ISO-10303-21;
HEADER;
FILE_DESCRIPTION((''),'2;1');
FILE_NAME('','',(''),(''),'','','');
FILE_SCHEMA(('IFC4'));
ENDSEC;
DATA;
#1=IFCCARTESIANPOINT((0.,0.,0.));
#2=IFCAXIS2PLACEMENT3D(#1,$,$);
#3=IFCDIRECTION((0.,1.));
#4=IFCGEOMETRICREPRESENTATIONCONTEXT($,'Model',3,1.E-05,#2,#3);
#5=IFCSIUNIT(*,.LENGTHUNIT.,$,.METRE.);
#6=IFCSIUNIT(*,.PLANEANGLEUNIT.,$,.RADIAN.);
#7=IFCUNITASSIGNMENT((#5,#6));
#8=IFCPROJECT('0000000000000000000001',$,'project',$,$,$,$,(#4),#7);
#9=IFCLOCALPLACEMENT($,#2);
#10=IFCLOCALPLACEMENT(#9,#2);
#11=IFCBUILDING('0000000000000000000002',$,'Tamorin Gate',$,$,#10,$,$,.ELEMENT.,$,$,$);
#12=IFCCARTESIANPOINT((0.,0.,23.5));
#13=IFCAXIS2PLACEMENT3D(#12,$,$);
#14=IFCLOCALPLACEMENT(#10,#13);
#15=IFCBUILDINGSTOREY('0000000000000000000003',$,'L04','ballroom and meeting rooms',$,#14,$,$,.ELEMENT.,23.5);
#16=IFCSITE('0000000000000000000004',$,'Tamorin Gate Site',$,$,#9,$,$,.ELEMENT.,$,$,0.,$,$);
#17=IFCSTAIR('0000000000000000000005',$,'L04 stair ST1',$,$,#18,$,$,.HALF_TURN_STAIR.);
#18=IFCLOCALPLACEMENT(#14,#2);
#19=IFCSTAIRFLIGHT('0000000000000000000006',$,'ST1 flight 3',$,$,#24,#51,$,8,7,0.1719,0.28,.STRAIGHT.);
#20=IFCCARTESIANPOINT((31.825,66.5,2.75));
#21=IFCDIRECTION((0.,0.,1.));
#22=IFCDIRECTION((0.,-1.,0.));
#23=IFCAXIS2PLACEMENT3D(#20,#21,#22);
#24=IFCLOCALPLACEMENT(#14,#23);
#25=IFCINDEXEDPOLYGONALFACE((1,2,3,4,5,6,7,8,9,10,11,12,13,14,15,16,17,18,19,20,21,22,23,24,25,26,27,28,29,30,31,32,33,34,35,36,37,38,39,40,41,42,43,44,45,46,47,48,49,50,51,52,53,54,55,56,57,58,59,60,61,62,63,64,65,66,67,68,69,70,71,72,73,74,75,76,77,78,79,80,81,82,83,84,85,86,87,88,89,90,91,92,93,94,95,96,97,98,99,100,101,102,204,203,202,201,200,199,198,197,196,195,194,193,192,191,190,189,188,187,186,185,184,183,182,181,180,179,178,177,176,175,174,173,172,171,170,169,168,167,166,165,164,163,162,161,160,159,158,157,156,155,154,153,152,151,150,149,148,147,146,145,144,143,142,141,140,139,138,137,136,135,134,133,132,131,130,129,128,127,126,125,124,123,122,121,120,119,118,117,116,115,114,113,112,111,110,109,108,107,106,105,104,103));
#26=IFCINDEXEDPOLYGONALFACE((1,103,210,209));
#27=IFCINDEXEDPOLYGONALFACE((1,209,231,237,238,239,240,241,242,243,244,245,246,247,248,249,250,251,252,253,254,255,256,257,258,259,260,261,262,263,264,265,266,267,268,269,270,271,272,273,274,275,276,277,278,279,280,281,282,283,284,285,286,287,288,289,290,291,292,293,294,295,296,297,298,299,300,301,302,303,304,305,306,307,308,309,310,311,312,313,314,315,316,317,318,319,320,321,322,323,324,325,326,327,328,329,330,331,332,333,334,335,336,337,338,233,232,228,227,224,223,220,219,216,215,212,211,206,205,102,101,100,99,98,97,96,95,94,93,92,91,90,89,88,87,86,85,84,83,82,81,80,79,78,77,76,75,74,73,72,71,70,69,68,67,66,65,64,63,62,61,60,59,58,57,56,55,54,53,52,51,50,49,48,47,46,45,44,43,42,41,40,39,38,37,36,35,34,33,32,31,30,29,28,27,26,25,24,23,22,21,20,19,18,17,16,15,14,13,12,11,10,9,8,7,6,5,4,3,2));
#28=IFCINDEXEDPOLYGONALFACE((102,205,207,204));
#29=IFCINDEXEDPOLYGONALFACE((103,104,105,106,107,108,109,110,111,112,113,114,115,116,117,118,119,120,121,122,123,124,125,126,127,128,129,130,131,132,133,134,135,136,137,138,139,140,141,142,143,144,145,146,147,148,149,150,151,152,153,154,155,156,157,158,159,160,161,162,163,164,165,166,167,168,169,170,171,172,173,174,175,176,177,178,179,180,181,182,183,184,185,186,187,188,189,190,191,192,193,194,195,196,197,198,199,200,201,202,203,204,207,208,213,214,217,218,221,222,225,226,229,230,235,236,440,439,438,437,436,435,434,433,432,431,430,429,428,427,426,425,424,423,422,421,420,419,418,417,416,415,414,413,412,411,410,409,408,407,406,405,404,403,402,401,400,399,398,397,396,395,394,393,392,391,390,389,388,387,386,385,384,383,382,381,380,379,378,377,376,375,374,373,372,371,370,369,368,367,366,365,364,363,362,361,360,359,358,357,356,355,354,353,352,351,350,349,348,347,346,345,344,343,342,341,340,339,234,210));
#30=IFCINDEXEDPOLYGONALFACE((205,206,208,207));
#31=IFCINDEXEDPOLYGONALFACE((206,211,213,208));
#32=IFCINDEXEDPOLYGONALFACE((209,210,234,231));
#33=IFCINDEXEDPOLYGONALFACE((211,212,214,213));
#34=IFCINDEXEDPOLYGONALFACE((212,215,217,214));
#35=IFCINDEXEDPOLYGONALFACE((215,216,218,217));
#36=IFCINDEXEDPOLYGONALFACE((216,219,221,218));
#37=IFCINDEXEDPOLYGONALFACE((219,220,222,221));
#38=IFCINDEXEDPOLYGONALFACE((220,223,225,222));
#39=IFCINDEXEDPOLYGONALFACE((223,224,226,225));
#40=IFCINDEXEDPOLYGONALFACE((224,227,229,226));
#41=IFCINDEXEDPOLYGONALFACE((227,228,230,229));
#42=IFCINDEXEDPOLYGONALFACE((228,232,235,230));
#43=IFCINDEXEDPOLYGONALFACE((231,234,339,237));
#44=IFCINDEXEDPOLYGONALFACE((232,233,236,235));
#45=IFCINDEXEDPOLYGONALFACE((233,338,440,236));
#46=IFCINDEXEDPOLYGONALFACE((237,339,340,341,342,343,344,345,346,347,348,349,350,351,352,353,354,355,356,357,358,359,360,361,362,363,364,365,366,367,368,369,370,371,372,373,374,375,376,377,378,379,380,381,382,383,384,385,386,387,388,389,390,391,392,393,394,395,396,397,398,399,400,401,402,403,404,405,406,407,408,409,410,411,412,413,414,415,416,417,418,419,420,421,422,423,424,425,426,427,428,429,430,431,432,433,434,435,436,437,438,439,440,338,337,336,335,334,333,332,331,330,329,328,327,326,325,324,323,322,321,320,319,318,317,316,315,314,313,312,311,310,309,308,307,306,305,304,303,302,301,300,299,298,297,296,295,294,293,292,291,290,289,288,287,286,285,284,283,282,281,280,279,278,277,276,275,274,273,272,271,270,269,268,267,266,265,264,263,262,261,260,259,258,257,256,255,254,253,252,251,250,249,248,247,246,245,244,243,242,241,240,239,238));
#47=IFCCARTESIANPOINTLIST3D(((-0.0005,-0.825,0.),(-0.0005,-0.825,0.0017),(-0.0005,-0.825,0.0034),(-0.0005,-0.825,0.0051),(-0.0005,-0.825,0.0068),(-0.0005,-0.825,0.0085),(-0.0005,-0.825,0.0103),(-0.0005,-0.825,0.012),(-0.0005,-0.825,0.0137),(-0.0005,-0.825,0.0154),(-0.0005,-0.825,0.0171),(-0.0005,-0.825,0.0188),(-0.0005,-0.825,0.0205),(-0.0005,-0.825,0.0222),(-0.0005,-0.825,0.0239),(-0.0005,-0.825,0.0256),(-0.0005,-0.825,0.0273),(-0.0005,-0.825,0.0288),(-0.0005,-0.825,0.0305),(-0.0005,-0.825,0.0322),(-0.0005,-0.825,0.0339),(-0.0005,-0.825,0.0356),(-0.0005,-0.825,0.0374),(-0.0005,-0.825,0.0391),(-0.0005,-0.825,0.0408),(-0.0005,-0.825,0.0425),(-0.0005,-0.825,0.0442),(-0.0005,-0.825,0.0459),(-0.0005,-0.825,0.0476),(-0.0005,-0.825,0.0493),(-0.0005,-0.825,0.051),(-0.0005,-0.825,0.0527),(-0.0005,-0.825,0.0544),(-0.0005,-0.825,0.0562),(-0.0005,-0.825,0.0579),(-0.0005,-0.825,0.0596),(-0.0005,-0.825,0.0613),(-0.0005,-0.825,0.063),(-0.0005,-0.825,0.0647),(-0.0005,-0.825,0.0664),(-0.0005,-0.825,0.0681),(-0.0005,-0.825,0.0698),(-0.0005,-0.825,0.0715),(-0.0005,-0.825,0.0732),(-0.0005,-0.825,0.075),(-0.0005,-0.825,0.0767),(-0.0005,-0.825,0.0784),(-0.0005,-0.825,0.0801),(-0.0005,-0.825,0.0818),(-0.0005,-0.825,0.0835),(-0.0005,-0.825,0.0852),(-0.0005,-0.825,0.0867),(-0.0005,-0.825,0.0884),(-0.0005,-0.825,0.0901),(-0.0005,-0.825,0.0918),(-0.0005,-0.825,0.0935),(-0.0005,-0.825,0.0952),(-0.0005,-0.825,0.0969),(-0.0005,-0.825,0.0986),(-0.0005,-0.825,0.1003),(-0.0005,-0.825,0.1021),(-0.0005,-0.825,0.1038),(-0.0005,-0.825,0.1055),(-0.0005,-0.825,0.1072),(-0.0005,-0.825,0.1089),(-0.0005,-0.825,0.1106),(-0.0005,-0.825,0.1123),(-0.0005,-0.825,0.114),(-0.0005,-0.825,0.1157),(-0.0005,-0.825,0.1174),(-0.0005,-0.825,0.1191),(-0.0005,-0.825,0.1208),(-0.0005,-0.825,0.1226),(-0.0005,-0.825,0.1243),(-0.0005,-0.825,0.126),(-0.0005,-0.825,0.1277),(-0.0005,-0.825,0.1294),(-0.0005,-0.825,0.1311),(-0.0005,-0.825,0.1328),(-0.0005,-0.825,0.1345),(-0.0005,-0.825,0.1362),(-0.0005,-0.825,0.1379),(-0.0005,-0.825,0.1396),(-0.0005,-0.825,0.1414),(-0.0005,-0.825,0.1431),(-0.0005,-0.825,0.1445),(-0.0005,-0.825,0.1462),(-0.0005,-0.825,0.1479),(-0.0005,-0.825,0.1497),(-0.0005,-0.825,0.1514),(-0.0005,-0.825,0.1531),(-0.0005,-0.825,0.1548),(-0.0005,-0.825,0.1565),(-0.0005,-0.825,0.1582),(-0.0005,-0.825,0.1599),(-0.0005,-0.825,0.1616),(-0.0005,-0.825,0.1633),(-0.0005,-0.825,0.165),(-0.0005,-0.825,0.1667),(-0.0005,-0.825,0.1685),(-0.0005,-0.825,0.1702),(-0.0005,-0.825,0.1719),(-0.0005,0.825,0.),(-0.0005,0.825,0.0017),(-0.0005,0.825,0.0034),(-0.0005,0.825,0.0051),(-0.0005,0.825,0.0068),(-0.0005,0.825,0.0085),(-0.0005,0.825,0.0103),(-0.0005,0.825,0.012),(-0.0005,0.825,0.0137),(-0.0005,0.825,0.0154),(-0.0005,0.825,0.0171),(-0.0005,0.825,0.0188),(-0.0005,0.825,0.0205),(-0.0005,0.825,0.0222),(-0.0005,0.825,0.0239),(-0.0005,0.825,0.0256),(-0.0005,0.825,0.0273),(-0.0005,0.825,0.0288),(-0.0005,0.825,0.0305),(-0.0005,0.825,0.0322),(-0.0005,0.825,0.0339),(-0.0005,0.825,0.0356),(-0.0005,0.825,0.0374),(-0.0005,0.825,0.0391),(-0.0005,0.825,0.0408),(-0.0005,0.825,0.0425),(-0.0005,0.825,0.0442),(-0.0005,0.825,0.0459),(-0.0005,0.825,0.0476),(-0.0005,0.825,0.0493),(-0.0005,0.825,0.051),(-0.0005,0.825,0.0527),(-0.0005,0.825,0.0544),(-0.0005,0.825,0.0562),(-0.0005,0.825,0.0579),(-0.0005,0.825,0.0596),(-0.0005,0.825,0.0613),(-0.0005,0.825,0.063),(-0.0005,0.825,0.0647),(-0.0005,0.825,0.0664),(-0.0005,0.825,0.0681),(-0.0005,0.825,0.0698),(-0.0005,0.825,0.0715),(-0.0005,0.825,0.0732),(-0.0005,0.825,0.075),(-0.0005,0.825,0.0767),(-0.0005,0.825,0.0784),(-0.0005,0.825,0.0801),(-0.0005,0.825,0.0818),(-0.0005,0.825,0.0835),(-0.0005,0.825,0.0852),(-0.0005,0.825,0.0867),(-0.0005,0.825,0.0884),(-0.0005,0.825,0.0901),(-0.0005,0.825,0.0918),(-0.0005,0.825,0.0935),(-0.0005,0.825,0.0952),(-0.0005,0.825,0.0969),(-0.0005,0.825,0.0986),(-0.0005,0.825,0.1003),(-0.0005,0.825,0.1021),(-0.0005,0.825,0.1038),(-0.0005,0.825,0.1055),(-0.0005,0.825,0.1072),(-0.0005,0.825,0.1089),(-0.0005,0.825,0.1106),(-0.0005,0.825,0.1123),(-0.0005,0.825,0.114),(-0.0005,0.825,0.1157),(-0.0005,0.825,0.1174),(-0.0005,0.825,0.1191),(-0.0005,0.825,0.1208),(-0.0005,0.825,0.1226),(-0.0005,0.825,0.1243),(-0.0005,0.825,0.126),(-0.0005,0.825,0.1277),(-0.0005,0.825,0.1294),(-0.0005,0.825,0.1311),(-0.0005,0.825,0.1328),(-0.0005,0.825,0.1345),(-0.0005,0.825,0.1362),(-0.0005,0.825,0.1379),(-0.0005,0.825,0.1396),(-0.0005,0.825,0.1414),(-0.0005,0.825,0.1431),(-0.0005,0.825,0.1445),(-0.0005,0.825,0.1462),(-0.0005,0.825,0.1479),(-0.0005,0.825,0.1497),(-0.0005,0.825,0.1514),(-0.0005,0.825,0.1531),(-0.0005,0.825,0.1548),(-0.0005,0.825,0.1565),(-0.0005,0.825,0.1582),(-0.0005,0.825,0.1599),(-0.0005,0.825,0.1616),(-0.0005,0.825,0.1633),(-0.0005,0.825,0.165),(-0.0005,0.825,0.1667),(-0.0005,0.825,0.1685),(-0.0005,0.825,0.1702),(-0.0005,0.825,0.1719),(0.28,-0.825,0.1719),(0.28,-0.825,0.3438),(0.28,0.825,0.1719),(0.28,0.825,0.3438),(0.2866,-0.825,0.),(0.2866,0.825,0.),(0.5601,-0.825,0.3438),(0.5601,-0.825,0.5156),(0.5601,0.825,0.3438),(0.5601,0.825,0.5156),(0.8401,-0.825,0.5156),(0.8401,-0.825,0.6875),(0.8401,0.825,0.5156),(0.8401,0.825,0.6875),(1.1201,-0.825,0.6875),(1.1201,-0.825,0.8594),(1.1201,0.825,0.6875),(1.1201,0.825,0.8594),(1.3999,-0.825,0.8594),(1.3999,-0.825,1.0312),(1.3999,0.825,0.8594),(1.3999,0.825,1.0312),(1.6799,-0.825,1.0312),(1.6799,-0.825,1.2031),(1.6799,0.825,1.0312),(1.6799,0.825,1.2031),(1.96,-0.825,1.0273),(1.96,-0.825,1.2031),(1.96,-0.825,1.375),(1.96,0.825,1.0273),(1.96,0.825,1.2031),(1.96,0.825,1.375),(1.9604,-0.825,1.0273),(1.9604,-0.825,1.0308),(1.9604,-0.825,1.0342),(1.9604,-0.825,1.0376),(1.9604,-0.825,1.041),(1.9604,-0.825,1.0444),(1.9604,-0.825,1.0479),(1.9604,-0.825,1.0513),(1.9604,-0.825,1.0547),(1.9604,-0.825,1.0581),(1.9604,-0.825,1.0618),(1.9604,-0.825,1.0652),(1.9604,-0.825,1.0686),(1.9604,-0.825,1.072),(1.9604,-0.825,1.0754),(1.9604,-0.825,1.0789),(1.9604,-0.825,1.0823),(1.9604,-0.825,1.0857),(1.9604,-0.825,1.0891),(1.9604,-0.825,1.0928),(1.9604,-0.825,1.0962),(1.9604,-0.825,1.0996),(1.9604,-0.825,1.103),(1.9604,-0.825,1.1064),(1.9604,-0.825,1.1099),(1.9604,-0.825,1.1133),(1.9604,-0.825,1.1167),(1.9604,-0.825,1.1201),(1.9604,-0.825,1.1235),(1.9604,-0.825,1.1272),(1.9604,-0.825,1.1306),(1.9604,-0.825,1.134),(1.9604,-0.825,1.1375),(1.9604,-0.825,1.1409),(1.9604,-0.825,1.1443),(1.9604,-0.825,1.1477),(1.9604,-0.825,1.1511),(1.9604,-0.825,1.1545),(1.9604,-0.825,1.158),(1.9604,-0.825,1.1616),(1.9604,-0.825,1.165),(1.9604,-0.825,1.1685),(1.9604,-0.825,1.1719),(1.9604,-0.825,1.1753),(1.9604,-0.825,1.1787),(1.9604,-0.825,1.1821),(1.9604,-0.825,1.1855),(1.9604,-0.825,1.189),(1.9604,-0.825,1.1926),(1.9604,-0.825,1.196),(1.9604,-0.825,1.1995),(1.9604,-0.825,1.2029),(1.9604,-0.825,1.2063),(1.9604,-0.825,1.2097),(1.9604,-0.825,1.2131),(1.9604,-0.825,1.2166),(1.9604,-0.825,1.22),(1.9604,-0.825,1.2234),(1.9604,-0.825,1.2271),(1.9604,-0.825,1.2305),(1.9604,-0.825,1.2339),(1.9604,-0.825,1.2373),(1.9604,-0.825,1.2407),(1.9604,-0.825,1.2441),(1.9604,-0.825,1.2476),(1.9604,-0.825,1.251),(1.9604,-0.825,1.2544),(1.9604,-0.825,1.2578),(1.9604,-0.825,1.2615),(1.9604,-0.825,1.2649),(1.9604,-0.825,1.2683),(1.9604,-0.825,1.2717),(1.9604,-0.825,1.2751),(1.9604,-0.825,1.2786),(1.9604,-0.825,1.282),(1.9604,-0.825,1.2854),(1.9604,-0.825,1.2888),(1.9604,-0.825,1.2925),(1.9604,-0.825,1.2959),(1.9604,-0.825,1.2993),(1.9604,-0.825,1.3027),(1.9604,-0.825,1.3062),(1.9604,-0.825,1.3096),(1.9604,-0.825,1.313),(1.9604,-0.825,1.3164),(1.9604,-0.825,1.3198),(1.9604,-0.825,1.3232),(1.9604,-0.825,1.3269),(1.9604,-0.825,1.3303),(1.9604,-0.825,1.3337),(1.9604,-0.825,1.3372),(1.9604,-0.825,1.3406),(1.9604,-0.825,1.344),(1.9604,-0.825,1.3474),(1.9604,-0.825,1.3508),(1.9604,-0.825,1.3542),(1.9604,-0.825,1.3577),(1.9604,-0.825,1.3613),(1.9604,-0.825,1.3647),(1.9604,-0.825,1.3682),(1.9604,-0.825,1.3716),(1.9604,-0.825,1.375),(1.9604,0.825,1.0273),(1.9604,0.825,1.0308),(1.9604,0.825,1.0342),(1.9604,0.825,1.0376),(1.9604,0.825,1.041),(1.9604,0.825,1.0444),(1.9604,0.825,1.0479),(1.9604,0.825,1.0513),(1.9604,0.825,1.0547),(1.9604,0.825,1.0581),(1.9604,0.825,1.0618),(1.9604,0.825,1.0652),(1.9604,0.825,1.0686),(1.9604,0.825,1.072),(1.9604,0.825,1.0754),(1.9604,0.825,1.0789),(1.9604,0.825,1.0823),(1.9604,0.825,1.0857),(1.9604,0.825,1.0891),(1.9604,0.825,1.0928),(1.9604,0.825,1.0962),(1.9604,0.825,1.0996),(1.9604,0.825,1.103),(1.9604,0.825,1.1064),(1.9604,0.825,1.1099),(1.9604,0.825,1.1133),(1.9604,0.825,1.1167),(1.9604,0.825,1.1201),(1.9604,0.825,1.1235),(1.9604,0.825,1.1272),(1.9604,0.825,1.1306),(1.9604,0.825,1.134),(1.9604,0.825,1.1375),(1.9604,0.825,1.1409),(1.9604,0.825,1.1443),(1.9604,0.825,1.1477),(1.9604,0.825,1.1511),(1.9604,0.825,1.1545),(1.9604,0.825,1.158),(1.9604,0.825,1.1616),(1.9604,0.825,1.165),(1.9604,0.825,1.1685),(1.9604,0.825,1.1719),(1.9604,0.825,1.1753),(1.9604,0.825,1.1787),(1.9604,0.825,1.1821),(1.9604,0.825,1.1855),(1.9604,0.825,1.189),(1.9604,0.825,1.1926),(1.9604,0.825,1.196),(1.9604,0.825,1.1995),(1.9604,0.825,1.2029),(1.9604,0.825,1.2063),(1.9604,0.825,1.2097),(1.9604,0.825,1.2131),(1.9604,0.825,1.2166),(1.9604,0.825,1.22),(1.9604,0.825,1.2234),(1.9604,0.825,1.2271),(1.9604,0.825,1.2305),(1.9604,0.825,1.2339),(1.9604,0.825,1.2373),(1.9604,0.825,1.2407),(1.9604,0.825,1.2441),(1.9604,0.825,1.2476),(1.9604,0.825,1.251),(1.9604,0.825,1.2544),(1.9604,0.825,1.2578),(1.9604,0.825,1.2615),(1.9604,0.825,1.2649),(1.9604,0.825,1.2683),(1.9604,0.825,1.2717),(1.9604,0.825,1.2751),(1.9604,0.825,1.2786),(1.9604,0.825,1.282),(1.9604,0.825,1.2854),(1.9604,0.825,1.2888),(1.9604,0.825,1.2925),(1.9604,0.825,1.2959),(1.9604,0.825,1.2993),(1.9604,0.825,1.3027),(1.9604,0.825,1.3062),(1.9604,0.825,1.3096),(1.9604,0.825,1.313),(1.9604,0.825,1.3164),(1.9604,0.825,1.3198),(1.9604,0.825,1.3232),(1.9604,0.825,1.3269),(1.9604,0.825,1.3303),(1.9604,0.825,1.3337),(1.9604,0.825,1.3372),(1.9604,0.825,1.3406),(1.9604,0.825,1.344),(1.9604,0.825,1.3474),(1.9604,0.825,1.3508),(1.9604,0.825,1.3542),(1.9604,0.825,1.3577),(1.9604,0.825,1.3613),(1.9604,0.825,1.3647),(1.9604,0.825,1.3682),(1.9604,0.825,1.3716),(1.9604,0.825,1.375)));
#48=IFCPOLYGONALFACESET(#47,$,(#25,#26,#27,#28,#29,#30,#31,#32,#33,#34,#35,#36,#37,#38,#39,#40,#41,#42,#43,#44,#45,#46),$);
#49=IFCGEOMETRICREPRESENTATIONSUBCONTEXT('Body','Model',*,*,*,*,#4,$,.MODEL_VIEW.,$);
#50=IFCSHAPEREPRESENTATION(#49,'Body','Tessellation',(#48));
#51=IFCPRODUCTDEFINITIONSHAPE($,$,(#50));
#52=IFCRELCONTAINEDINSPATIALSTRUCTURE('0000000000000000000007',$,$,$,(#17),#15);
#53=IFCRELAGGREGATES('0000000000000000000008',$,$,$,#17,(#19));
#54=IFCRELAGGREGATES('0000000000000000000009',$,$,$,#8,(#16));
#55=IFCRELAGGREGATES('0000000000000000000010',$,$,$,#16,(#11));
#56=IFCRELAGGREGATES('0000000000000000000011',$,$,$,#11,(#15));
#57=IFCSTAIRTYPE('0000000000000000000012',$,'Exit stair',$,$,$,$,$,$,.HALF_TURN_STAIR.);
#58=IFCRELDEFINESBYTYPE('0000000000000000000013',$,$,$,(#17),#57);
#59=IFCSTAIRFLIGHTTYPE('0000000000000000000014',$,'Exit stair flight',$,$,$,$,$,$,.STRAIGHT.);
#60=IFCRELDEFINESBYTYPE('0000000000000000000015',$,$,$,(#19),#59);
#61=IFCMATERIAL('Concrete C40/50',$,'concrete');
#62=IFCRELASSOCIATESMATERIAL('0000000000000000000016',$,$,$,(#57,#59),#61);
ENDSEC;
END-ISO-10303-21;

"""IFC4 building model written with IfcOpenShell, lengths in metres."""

from ifc_helpers import new_model, si_unit, direction, frame, origin, place, context, subcontext, project, spatial, polyline, outline, extrude, material, type_object, element, aggregate, save


model = new_model("IFC4")

# Units and contexts
model_context = context("Model", 3, precision=1e-05, world=origin(), true_north=direction((0.0, 1.0)))
body_context = subcontext(model_context, "Body", "Model", "MODEL_VIEW")
ifc_project = project(units=[si_unit("LENGTHUNIT", "METRE"), si_unit("PLANEANGLEUNIT", "RADIAN")], contexts=[model_context])

# Site, building, storey
site_placement = place(None, origin())
site = spatial("IfcSite", under=ifc_project, at=site_placement, Name="Tamorin Gate Site", CompositionType="ELEMENT", RefElevation=0.0)
building_placement = place(site_placement, origin())
building = spatial("IfcBuilding", under=site, at=building_placement, Name="Tamorin Gate", CompositionType="ELEMENT")
storey_placement = place(building_placement, frame((0.0, 0.0, 23.5)))
storey = spatial("IfcBuildingStorey", under=building, at=storey_placement, Name="L04", Description="ballroom and meeting rooms", CompositionType="ELEMENT", Elevation=23.5)

# Shared definitions
ifc_material_1 = material(Name="Concrete C40/50", Category="concrete")

# Stair, stair flight
stair_type = type_object("IfcStairType", Name="Exit stair", PredefinedType="HALF_TURN_STAIR", material=ifc_material_1)
stair_1_placement = place(storey_placement, origin())
stair_1 = element("IfcStair", 1, at=stair_1_placement, inside=storey, type_object=stair_type, Name="L04 stair ST1", PredefinedType="HALF_TURN_STAIR")
stair_flight_type = type_object("IfcStairFlightType", Name="Exit stair flight", PredefinedType="STRAIGHT", material=ifc_material_1)
stair_flight_1_placement = place(storey_placement, frame((31.825, 66.5, 2.75), z_axis=(0.0, 0.0, 1.0), x_axis=(0.0, -1.0, 0.0)))
stair_flight_1 = element("IfcStairFlight", 2, at=stair_flight_1_placement, type_object=stair_flight_type, Name="ST1 flight 3", NumberOfRisers=8, NumberOfTreads=7, PredefinedType="STRAIGHT", RiserHeight=0.1719, TreadLength=0.28, context=body_context, shape_type="SweptSolid", body=[
    extrude(outline(polyline([(-0.0005, 0.0), (-0.0005, 0.0017), (-0.0005, 0.0034), (-0.0005, 0.0051), (-0.0005, 0.0068), (-0.0005, 0.0085), (-0.0005, 0.0103), (-0.0005, 0.012), (-0.0005, 0.0137), (-0.0005, 0.0154), (-0.0005, 0.0171), (-0.0005, 0.0188), (-0.0005, 0.0205), (-0.0005, 0.0222), (-0.0005, 0.0239), (-0.0005, 0.0256), (-0.0005, 0.0273), (-0.0005, 0.0288), (-0.0005, 0.0305), (-0.0005, 0.0322), (-0.0005, 0.0339), (-0.0005, 0.0356), (-0.0005, 0.0374), (-0.0005, 0.0391), (-0.0005, 0.0408), (-0.0005, 0.0425), (-0.0005, 0.0442), (-0.0005, 0.0459), (-0.0005, 0.0476), (-0.0005, 0.0493), (-0.0005, 0.051), (-0.0005, 0.0527), (-0.0005, 0.0544), (-0.0005, 0.0562), (-0.0005, 0.0579), (-0.0005, 0.0596), (-0.0005, 0.0613), (-0.0005, 0.063), (-0.0005, 0.0647), (-0.0005, 0.0664), (-0.0005, 0.0681), (-0.0005, 0.0698), (-0.0005, 0.0715), (-0.0005, 0.0732), (-0.0005, 0.075), (-0.0005, 0.0767), (-0.0005, 0.0784), (-0.0005, 0.0801), (-0.0005, 0.0818), (-0.0005, 0.0835), (-0.0005, 0.0852), (-0.0005, 0.0867), (-0.0005, 0.0884), (-0.0005, 0.0901), (-0.0005, 0.0918), (-0.0005, 0.0935), (-0.0005, 0.0952), (-0.0005, 0.0969), (-0.0005, 0.0986), (-0.0005, 0.1003), (-0.0005, 0.1021), (-0.0005, 0.1038), (-0.0005, 0.1055), (-0.0005, 0.1072), (-0.0005, 0.1089), (-0.0005, 0.1106), (-0.0005, 0.1123), (-0.0005, 0.114), (-0.0005, 0.1157), (-0.0005, 0.1174), (-0.0005, 0.1191), (-0.0005, 0.1208), (-0.0005, 0.1226), (-0.0005, 0.1243), (-0.0005, 0.126), (-0.0005, 0.1277), (-0.0005, 0.1294), (-0.0005, 0.1311), (-0.0005, 0.1328), (-0.0005, 0.1345), (-0.0005, 0.1362), (-0.0005, 0.1379), (-0.0005, 0.1396), (-0.0005, 0.1414), (-0.0005, 0.1431), (-0.0005, 0.1445), (-0.0005, 0.1462), (-0.0005, 0.1479), (-0.0005, 0.1497), (-0.0005, 0.1514), (-0.0005, 0.1531), (-0.0005, 0.1548), (-0.0005, 0.1565), (-0.0005, 0.1582), (-0.0005, 0.1599), (-0.0005, 0.1616), (-0.0005, 0.1633), (-0.0005, 0.165), (-0.0005, 0.1667), (-0.0005, 0.1685), (-0.0005, 0.1702), (-0.0005, 0.1719), (0.28, 0.1719), (0.28, 0.3438), (0.5601, 0.3438), (0.5601, 0.5156), (0.8401, 0.5156), (0.8401, 0.6875), (1.1201, 0.6875), (1.1201, 0.8594), (1.3999, 0.8594), (1.3999, 1.0312), (1.6799, 1.0312), (1.6799, 1.2031), (1.96, 1.2031), (1.96, 1.375), (1.9604, 1.375), (1.9604, 1.3716), (1.9604, 1.3682), (1.9604, 1.3647), (1.9604, 1.3613), (1.9604, 1.3577), (1.9604, 1.3542), (1.9604, 1.3508), (1.9604, 1.3474), (1.9604, 1.344), (1.9604, 1.3406), (1.9604, 1.3372), (1.9604, 1.3337), (1.9604, 1.3303), (1.9604, 1.3269), (1.9604, 1.3232), (1.9604, 1.3198), (1.9604, 1.3164), (1.9604, 1.313), (1.9604, 1.3096), (1.9604, 1.3062), (1.9604, 1.3027), (1.9604, 1.2993), (1.9604, 1.2959), (1.9604, 1.2925), (1.9604, 1.2888), (1.9604, 1.2854), (1.9604, 1.282), (1.9604, 1.2786), (1.9604, 1.2751), (1.9604, 1.2717), (1.9604, 1.2683), (1.9604, 1.2649), (1.9604, 1.2615), (1.9604, 1.2578), (1.9604, 1.2544), (1.9604, 1.251), (1.9604, 1.2476), (1.9604, 1.2441), (1.9604, 1.2407), (1.9604, 1.2373), (1.9604, 1.2339), (1.9604, 1.2305), (1.9604, 1.2271), (1.9604, 1.2234), (1.9604, 1.22), (1.9604, 1.2166), (1.9604, 1.2131), (1.9604, 1.2097), (1.9604, 1.2063), (1.9604, 1.2029), (1.9604, 1.1995), (1.9604, 1.196), (1.9604, 1.1926), (1.9604, 1.189), (1.9604, 1.1855), (1.9604, 1.1821), (1.9604, 1.1787), (1.9604, 1.1753), (1.9604, 1.1719), (1.9604, 1.1685), (1.9604, 1.165), (1.9604, 1.1616), (1.9604, 1.158), (1.9604, 1.1545), (1.9604, 1.1511), (1.9604, 1.1477), (1.9604, 1.1443), (1.9604, 1.1409), (1.9604, 1.1375), (1.9604, 1.134), (1.9604, 1.1306), (1.9604, 1.1272), (1.9604, 1.1235), (1.9604, 1.1201), (1.9604, 1.1167), (1.9604, 1.1133), (1.9604, 1.1099), (1.9604, 1.1064), (1.9604, 1.103), (1.9604, 1.0996), (1.9604, 1.0962), (1.9604, 1.0928), (1.9604, 1.0891), (1.9604, 1.0857), (1.9604, 1.0823), (1.9604, 1.0789), (1.9604, 1.0754), (1.9604, 1.072), (1.9604, 1.0686), (1.9604, 1.0652), (1.9604, 1.0618), (1.9604, 1.0581), (1.9604, 1.0547), (1.9604, 1.0513), (1.9604, 1.0479), (1.9604, 1.0444), (1.9604, 1.041), (1.9604, 1.0376), (1.9604, 1.0342), (1.9604, 1.0308), (1.9604, 1.0273), (1.96, 1.0273), (0.2866, 0.0), (-0.0005, 0.0)])), frame((0.0, 0.825, 0.0), z_axis=(0.0, -1.0, 0.0), x_axis=(1.0, 0.0, 0.0)), (0.0, 0.0, 1.0), 1.6499),
])
aggregate(stair_1, [stair_flight_1])

save(model, "model.ifc")
